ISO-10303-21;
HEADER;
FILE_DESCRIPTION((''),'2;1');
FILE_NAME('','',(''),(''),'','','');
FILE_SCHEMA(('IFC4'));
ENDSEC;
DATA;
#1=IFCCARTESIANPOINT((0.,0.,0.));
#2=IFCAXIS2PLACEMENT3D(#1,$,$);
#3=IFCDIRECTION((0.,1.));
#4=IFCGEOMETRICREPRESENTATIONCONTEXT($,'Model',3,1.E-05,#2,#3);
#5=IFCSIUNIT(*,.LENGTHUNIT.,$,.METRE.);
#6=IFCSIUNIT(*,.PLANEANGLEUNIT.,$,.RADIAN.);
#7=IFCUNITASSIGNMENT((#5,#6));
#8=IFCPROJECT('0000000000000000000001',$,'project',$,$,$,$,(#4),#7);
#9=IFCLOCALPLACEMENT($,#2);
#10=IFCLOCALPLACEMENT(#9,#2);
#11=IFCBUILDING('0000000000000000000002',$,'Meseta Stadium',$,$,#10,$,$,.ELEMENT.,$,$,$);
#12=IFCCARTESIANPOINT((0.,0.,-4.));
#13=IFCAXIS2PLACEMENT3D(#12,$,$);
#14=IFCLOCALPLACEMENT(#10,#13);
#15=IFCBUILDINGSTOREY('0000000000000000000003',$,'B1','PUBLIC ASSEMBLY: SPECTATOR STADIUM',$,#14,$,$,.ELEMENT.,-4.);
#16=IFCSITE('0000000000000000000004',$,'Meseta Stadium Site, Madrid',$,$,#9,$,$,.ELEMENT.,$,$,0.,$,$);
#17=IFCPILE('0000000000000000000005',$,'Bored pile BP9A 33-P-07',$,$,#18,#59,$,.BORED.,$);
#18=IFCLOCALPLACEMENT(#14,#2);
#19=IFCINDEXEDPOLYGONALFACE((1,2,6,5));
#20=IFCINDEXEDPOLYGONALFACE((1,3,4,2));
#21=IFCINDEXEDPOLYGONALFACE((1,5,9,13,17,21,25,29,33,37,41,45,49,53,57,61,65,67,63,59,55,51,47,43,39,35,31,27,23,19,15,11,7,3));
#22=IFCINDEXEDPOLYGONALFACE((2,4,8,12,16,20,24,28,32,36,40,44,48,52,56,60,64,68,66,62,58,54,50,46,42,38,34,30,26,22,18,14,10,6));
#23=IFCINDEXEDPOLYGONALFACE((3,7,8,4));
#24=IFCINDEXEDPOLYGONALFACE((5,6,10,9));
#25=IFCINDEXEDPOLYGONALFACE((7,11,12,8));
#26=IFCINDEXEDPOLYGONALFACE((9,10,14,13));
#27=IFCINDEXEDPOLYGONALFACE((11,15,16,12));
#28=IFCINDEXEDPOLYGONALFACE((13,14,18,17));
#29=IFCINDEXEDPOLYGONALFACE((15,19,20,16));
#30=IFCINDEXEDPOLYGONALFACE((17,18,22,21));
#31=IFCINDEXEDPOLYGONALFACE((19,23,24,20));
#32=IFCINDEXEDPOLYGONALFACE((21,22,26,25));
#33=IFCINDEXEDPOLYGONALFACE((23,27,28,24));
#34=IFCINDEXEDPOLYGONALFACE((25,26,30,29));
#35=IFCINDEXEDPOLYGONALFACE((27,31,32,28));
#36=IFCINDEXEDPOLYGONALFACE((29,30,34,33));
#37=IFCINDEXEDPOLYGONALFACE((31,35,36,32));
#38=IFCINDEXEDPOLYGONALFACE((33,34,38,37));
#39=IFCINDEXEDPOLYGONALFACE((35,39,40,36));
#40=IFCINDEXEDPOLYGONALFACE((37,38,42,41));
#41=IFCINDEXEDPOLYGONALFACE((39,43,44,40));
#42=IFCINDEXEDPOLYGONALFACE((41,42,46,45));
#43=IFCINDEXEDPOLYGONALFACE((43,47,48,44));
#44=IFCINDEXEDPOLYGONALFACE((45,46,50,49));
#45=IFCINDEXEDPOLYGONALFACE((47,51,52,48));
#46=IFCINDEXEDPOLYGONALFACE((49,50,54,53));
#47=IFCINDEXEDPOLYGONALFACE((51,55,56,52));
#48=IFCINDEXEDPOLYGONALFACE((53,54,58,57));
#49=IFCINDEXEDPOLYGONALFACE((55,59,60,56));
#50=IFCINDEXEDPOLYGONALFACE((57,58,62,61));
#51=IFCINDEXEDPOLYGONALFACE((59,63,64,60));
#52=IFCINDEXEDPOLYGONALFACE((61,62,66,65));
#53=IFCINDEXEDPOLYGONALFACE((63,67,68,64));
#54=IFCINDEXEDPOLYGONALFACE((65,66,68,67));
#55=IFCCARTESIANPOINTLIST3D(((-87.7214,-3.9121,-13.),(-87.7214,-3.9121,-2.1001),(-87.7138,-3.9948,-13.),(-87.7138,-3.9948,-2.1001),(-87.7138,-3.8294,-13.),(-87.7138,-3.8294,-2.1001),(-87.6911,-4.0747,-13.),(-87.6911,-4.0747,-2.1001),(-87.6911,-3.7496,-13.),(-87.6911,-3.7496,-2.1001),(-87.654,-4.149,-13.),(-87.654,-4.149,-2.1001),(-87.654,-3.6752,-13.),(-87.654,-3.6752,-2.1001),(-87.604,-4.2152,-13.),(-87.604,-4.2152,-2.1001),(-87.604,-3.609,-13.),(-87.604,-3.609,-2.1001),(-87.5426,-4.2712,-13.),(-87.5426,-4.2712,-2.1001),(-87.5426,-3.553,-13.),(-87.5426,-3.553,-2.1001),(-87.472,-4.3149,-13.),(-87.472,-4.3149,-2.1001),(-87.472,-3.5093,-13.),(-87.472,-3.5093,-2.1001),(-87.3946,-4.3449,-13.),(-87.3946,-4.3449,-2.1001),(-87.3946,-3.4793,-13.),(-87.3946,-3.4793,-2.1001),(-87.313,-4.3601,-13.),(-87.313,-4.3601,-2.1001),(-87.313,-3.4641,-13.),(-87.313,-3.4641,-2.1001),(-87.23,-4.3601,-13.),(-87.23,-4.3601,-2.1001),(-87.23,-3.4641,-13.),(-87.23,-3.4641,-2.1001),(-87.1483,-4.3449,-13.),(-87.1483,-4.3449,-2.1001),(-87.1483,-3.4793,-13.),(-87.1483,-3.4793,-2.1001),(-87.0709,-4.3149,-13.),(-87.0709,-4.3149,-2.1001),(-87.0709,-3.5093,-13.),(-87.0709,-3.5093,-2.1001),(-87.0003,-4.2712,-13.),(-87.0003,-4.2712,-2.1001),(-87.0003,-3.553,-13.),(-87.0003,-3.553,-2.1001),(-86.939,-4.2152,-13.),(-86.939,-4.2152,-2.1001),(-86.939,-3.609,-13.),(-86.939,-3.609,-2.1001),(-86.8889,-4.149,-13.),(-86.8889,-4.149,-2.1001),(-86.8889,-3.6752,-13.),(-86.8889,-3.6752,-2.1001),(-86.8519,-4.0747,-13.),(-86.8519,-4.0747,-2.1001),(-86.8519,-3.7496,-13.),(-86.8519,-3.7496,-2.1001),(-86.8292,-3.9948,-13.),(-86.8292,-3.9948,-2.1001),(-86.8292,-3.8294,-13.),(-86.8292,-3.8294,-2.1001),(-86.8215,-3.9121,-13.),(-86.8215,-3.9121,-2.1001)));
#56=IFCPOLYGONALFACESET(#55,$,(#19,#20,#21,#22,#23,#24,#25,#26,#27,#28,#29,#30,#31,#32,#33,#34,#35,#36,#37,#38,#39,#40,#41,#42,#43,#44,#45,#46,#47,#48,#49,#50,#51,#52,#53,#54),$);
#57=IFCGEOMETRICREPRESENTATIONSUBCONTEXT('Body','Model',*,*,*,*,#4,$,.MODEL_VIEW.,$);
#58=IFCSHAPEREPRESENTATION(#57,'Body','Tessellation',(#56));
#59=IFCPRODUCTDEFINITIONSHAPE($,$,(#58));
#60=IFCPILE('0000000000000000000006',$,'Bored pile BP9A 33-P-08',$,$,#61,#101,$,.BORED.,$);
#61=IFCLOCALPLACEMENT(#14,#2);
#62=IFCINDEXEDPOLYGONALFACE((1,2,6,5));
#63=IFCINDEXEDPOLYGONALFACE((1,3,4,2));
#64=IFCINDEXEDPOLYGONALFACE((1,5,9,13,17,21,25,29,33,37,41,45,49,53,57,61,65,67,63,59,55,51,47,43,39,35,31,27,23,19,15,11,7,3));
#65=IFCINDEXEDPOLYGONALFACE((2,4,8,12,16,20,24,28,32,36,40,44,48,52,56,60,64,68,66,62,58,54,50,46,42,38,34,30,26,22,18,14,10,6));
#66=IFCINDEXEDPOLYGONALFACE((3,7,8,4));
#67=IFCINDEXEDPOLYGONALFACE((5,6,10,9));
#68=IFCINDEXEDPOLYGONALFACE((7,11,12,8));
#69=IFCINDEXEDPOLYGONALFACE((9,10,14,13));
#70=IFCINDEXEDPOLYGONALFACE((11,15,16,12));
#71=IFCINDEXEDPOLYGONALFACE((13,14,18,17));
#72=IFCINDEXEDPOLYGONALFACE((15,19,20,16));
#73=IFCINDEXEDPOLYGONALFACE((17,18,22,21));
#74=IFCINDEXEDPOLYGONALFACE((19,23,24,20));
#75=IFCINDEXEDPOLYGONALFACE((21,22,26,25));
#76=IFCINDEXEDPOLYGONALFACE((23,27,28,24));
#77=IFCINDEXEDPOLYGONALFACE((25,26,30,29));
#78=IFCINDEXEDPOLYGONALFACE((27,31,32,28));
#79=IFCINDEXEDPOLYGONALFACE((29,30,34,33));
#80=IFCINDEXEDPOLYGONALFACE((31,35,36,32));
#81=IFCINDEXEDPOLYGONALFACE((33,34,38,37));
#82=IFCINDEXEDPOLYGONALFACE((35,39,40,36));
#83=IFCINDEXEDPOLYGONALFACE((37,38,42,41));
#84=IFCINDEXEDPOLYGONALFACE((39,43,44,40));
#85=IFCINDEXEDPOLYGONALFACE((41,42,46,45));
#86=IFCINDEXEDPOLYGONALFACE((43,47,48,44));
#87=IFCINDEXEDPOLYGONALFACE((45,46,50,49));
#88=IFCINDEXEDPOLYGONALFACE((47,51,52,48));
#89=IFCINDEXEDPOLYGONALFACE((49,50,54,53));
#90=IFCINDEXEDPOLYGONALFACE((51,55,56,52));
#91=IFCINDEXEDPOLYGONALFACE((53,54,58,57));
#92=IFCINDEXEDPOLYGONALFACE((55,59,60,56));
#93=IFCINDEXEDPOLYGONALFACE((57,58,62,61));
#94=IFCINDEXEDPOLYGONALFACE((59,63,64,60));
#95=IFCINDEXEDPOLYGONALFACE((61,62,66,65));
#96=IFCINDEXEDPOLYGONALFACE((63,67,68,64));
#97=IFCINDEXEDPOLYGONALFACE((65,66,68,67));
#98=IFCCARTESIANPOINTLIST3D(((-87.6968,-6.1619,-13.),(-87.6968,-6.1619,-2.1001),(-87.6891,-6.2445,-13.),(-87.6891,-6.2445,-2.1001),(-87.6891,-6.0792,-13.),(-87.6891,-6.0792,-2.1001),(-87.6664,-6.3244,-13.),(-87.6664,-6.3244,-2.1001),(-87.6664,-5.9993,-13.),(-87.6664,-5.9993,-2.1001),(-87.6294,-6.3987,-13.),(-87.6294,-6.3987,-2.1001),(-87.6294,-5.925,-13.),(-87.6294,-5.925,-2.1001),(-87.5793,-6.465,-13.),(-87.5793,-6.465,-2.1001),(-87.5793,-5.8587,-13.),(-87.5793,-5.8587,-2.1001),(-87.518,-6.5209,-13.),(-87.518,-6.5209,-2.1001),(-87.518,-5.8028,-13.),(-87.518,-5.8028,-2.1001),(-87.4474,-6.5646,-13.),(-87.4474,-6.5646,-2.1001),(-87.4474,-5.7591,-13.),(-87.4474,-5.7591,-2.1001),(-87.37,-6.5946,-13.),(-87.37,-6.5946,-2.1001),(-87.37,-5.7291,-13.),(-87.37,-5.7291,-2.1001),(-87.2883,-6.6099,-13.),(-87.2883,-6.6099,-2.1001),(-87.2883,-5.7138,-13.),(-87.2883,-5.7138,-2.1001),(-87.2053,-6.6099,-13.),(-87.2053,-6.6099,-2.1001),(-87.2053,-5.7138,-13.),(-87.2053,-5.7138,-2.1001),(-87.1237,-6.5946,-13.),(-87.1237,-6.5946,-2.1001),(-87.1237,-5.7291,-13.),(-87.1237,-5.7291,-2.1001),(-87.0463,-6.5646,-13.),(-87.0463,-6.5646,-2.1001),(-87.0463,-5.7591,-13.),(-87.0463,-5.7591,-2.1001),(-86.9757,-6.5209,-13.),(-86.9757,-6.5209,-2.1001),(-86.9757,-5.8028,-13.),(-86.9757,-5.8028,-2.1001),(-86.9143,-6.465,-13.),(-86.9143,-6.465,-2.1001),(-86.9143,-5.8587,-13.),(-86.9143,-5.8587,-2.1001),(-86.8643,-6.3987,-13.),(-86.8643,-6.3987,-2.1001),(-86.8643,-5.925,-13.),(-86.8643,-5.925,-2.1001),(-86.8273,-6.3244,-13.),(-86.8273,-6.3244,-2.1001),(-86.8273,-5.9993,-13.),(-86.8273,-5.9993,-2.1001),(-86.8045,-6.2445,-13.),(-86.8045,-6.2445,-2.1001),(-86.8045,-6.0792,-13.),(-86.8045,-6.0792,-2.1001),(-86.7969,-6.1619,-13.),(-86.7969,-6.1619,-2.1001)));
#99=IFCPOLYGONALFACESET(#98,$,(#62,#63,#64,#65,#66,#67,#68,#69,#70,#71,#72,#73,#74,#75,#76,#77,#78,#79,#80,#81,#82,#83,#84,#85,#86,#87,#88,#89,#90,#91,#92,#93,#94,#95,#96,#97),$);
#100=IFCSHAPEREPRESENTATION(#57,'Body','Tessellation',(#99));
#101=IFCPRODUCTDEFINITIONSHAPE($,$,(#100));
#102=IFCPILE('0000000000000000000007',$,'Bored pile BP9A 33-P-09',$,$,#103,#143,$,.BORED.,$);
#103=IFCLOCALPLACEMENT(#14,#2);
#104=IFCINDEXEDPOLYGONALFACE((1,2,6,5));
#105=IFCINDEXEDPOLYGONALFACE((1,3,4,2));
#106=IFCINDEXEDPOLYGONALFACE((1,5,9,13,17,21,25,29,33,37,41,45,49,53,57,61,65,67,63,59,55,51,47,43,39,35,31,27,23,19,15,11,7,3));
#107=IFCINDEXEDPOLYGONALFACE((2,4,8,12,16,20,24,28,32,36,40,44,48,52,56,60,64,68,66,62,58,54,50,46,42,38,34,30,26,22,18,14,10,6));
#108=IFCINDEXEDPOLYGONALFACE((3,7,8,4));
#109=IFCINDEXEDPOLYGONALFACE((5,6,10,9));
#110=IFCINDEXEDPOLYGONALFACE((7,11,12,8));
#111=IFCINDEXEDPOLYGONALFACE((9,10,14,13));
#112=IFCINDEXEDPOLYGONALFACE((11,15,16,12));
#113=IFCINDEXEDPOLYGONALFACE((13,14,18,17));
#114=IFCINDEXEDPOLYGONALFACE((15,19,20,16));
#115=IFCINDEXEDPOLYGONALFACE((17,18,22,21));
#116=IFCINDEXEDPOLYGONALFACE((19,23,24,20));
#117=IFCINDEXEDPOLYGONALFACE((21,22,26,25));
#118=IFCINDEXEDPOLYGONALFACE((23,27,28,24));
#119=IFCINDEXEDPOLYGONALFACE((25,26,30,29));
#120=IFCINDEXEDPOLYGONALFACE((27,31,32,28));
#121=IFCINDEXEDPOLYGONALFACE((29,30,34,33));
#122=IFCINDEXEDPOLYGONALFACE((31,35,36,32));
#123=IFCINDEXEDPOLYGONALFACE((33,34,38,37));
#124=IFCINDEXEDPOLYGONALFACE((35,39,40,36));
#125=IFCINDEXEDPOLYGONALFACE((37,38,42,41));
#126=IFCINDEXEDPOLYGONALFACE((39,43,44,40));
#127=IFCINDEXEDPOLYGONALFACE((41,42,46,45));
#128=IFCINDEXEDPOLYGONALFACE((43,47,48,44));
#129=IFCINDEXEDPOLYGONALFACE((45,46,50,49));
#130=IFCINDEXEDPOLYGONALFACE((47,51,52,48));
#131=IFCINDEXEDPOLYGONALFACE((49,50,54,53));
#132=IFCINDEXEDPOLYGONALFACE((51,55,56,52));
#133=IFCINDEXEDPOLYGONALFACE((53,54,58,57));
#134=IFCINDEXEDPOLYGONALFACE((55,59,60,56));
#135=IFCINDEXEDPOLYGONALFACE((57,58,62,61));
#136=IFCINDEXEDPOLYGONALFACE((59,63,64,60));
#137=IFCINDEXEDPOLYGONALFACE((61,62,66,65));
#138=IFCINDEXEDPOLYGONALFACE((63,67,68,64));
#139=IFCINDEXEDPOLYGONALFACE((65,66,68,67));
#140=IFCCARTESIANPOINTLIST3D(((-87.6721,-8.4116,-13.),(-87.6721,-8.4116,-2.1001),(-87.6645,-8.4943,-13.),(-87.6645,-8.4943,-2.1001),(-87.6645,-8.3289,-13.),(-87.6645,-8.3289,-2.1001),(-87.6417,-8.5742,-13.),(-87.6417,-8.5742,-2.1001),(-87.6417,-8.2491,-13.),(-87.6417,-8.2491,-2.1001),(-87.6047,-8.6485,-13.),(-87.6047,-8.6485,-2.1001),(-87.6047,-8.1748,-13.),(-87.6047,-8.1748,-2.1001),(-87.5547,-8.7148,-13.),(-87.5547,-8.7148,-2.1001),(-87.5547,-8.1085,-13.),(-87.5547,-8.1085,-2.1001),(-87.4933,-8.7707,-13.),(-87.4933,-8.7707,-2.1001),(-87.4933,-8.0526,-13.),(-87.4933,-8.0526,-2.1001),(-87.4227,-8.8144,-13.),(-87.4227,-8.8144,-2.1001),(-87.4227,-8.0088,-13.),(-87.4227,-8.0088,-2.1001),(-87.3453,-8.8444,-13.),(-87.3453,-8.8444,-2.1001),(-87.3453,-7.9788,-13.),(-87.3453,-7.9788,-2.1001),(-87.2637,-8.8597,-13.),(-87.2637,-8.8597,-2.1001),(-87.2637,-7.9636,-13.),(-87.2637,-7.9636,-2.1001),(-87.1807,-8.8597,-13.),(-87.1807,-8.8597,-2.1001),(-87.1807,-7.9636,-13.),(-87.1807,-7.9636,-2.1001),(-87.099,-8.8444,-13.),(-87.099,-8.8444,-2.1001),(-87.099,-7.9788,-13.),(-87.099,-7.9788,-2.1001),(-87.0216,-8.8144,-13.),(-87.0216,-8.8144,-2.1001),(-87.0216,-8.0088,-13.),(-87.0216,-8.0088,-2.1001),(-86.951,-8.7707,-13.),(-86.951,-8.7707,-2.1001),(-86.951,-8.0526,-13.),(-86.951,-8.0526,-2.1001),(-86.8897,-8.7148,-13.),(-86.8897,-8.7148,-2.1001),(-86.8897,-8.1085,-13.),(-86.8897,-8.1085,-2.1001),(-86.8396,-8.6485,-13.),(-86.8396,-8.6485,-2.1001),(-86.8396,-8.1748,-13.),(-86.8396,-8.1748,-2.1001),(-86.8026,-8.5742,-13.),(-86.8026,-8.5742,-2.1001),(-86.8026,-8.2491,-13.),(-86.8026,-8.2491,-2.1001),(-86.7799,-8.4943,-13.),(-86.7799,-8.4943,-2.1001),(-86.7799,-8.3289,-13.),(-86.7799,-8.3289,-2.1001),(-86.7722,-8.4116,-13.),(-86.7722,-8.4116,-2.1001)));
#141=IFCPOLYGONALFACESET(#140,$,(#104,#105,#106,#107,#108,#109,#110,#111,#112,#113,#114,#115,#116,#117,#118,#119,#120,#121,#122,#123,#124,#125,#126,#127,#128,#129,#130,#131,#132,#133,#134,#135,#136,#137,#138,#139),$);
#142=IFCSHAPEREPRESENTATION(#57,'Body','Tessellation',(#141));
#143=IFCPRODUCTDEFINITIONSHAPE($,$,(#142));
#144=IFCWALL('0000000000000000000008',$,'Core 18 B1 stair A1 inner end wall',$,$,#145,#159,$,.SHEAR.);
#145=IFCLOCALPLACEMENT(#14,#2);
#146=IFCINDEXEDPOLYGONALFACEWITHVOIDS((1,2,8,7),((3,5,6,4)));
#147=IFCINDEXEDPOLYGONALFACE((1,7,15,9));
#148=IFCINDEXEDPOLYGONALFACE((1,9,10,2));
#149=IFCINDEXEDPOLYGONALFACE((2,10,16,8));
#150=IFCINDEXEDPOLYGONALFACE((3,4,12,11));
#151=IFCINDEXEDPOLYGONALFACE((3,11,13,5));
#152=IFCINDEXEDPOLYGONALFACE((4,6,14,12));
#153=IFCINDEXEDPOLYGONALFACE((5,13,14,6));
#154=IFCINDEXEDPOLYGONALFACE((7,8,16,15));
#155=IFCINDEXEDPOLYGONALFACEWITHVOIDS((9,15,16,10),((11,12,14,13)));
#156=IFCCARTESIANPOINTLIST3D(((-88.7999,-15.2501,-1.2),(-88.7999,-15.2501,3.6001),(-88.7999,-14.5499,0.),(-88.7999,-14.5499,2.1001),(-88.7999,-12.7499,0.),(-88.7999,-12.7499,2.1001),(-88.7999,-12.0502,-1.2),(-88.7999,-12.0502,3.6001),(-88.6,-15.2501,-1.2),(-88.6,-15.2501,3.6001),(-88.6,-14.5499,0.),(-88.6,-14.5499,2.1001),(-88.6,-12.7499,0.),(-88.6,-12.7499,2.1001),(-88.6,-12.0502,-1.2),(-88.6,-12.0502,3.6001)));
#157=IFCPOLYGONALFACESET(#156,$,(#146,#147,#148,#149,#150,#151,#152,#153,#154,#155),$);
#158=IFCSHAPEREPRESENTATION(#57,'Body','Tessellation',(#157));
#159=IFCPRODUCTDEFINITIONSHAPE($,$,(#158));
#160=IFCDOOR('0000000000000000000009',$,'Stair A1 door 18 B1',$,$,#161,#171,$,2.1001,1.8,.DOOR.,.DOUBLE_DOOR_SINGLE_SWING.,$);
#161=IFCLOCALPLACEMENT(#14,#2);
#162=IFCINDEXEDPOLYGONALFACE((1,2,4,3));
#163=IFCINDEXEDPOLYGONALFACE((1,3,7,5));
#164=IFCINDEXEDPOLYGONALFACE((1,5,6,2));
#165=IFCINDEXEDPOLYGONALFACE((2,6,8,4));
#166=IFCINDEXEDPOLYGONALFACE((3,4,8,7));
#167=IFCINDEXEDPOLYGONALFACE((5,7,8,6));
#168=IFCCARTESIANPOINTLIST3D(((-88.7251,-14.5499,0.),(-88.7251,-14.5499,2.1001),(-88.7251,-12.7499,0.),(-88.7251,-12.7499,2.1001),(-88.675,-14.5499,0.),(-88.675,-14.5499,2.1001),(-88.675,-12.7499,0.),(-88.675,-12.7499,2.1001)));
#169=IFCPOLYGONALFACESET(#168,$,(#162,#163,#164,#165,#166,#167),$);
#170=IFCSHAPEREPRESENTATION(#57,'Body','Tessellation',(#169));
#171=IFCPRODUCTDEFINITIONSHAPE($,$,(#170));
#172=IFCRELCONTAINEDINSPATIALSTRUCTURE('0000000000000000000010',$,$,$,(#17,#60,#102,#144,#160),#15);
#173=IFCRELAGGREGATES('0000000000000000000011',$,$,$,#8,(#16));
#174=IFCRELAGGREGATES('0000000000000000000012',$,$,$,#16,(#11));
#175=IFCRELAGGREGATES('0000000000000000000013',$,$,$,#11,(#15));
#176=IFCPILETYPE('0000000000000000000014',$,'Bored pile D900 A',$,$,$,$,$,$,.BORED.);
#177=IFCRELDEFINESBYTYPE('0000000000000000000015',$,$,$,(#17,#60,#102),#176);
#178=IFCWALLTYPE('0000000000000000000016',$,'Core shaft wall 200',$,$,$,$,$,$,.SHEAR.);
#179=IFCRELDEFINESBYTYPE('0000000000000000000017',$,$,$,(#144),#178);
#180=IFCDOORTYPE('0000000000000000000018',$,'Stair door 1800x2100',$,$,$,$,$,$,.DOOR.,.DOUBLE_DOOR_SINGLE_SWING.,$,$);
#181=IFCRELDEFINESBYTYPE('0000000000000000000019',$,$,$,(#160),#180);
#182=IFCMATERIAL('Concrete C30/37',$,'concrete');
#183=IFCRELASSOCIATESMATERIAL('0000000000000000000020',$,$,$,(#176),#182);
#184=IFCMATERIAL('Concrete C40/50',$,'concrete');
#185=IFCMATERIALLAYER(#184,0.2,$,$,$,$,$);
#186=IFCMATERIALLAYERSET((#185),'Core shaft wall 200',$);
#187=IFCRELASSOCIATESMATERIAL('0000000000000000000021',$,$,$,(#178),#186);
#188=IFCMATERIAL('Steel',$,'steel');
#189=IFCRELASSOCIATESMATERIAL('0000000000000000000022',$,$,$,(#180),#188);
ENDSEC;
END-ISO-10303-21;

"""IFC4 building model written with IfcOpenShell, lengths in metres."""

from ifc_helpers import new_model, si_unit, direction, frame, frame_2d, origin, origin_2d, place, context, subcontext, project, spatial, rectangle, circle, extrude, material, layer, layer_set, material_profile, profile_set, type_object, element, fill, save


model = new_model("IFC4")

# Units and contexts
model_context = context("Model", 3, precision=1e-05, world=origin(), true_north=direction((0.0, 1.0)))
body_context = subcontext(model_context, "Body", "Model", "MODEL_VIEW")
ifc_project = project(units=[si_unit("LENGTHUNIT", "METRE"), si_unit("PLANEANGLEUNIT", "RADIAN")], contexts=[model_context])

# Site, building, storey
site_placement = place(None, origin())
site = spatial("IfcSite", under=ifc_project, at=site_placement, Name="Meseta Stadium Site, Madrid", CompositionType="ELEMENT", RefElevation=0.0)
building_placement = place(site_placement, origin())
building = spatial("IfcBuilding", under=site, at=building_placement, Name="Meseta Stadium", CompositionType="ELEMENT")
storey_placement = place(building_placement, frame((0.0, 0.0, -4.0)))
storey = spatial("IfcBuildingStorey", under=building, at=storey_placement, Name="B1", Description="PUBLIC ASSEMBLY: SPECTATOR STADIUM", CompositionType="ELEMENT", Elevation=-4.0)

# Piles
ifc_material_1 = material(Name="Concrete C30/37", Category="concrete")
ifc_material_profile = material_profile(ifc_material_1, circle(Radius=0.45, at=origin_2d()), Name="D900")
ifc_profile_set = profile_set([ifc_material_profile], Name="Concrete C30/37")
pile_type = type_object("IfcPileType", Name="Bored pile D900 A", PredefinedType="BORED", material=ifc_profile_set)
for number, where, z_axis, x_axis, name in (
    (1, (-87.2715, -3.9121, -2.1001), (0.0, 0.0, -1.0), (1.0, 0.0, 0.0), "Bored pile BP9A 33-P-07"),
    (2, (-87.2468, -6.1619, -2.1001), (0.0, 0.0, -1.0), (1.0, 0.0, 0.0), "Bored pile BP9A 33-P-08"),
    (3, (-87.2222, -8.4116, -2.1001), (0.0, 0.0, -1.0), (1.0, 0.0, 0.0), "Bored pile BP9A 33-P-09"),
):
    element("IfcPile", number, at=place(storey_placement, frame(where, z_axis=z_axis, x_axis=x_axis)), inside=storey, type_object=pile_type, Name=name, PredefinedType="BORED", context=body_context, shape_type="SweptSolid", body=[
        extrude(circle(Radius=0.45, at=origin_2d()), origin(), (0.0, 0.0, 1.0), 10.8999),
    ])

# Wall, opening, door
ifc_material_2 = material(Name="Concrete C40/50", Category="concrete")
ifc_layer_1 = layer(ifc_material_2, 0.2)
ifc_layer_set_1 = layer_set([ifc_layer_1], Name="Core shaft wall 200")
wall_type_1 = type_object("IfcWallType", Name="Core shaft wall 200", PredefinedType="SHEAR", material=ifc_layer_set_1)
wall_1_placement = place(storey_placement, frame((-88.7, -12.05, -1.2), z_axis=(0.0, 0.0, 1.0), x_axis=(0.0, -1.0, 0.0)))
wall_1 = element("IfcWall", 4, at=wall_1_placement, inside=storey, type_object=wall_type_1, Name="Core 18 B1 stair A1 inner end wall", PredefinedType="SHEAR", context=body_context, shape_type="SweptSolid", body=[
    extrude(rectangle(XDim=3.2, YDim=0.2, at=frame_2d((1.6001, 0.0))), origin(), (0.0, 0.0, 1.0), 4.8),
])
opening_1_placement = place(wall_1_placement, frame((0.7, 0.0, 1.2)))
opening_1 = element("IfcOpeningElement", 5, at=opening_1_placement, cuts=wall_1, PredefinedType="OPENING", context=body_context, shape_type="SweptSolid", body=[
    extrude(rectangle(XDim=1.8, YDim=2.1001, at=frame_2d((0.8999, 1.05))), frame((0.0, 0.1099, 0.0), z_axis=(0.0, -1.0, 0.0), x_axis=(1.0, 0.0, 0.0)), (0.0, 0.0, 1.0), 0.22),
])
ifc_material_3 = material(Name="Steel", Category="steel")
door_type_1 = type_object("IfcDoorType", Name="Stair door 1800x2100", OperationType="DOUBLE_DOOR_SINGLE_SWING", PredefinedType="DOOR", material=ifc_material_3)
door_1_placement = place(opening_1_placement, origin())
door_1 = element("IfcDoor", 6, at=door_1_placement, inside=storey, type_object=door_type_1, Name="Stair A1 door 18 B1", OperationType="DOUBLE_DOOR_SINGLE_SWING", OverallHeight=2.1001, OverallWidth=1.8, PredefinedType="DOOR", context=body_context, shape_type="SweptSolid", body=[
    extrude(rectangle(XDim=1.8, YDim=2.1001, at=frame_2d((0.8999, 1.05))), frame((0.0, 0.0249, 0.0), z_axis=(0.0, -1.0, 0.0), x_axis=(1.0, 0.0, 0.0)), (0.0, 0.0, 1.0), 0.05),
])
fill(opening_1, door_1)

save(model, "model.ifc")
